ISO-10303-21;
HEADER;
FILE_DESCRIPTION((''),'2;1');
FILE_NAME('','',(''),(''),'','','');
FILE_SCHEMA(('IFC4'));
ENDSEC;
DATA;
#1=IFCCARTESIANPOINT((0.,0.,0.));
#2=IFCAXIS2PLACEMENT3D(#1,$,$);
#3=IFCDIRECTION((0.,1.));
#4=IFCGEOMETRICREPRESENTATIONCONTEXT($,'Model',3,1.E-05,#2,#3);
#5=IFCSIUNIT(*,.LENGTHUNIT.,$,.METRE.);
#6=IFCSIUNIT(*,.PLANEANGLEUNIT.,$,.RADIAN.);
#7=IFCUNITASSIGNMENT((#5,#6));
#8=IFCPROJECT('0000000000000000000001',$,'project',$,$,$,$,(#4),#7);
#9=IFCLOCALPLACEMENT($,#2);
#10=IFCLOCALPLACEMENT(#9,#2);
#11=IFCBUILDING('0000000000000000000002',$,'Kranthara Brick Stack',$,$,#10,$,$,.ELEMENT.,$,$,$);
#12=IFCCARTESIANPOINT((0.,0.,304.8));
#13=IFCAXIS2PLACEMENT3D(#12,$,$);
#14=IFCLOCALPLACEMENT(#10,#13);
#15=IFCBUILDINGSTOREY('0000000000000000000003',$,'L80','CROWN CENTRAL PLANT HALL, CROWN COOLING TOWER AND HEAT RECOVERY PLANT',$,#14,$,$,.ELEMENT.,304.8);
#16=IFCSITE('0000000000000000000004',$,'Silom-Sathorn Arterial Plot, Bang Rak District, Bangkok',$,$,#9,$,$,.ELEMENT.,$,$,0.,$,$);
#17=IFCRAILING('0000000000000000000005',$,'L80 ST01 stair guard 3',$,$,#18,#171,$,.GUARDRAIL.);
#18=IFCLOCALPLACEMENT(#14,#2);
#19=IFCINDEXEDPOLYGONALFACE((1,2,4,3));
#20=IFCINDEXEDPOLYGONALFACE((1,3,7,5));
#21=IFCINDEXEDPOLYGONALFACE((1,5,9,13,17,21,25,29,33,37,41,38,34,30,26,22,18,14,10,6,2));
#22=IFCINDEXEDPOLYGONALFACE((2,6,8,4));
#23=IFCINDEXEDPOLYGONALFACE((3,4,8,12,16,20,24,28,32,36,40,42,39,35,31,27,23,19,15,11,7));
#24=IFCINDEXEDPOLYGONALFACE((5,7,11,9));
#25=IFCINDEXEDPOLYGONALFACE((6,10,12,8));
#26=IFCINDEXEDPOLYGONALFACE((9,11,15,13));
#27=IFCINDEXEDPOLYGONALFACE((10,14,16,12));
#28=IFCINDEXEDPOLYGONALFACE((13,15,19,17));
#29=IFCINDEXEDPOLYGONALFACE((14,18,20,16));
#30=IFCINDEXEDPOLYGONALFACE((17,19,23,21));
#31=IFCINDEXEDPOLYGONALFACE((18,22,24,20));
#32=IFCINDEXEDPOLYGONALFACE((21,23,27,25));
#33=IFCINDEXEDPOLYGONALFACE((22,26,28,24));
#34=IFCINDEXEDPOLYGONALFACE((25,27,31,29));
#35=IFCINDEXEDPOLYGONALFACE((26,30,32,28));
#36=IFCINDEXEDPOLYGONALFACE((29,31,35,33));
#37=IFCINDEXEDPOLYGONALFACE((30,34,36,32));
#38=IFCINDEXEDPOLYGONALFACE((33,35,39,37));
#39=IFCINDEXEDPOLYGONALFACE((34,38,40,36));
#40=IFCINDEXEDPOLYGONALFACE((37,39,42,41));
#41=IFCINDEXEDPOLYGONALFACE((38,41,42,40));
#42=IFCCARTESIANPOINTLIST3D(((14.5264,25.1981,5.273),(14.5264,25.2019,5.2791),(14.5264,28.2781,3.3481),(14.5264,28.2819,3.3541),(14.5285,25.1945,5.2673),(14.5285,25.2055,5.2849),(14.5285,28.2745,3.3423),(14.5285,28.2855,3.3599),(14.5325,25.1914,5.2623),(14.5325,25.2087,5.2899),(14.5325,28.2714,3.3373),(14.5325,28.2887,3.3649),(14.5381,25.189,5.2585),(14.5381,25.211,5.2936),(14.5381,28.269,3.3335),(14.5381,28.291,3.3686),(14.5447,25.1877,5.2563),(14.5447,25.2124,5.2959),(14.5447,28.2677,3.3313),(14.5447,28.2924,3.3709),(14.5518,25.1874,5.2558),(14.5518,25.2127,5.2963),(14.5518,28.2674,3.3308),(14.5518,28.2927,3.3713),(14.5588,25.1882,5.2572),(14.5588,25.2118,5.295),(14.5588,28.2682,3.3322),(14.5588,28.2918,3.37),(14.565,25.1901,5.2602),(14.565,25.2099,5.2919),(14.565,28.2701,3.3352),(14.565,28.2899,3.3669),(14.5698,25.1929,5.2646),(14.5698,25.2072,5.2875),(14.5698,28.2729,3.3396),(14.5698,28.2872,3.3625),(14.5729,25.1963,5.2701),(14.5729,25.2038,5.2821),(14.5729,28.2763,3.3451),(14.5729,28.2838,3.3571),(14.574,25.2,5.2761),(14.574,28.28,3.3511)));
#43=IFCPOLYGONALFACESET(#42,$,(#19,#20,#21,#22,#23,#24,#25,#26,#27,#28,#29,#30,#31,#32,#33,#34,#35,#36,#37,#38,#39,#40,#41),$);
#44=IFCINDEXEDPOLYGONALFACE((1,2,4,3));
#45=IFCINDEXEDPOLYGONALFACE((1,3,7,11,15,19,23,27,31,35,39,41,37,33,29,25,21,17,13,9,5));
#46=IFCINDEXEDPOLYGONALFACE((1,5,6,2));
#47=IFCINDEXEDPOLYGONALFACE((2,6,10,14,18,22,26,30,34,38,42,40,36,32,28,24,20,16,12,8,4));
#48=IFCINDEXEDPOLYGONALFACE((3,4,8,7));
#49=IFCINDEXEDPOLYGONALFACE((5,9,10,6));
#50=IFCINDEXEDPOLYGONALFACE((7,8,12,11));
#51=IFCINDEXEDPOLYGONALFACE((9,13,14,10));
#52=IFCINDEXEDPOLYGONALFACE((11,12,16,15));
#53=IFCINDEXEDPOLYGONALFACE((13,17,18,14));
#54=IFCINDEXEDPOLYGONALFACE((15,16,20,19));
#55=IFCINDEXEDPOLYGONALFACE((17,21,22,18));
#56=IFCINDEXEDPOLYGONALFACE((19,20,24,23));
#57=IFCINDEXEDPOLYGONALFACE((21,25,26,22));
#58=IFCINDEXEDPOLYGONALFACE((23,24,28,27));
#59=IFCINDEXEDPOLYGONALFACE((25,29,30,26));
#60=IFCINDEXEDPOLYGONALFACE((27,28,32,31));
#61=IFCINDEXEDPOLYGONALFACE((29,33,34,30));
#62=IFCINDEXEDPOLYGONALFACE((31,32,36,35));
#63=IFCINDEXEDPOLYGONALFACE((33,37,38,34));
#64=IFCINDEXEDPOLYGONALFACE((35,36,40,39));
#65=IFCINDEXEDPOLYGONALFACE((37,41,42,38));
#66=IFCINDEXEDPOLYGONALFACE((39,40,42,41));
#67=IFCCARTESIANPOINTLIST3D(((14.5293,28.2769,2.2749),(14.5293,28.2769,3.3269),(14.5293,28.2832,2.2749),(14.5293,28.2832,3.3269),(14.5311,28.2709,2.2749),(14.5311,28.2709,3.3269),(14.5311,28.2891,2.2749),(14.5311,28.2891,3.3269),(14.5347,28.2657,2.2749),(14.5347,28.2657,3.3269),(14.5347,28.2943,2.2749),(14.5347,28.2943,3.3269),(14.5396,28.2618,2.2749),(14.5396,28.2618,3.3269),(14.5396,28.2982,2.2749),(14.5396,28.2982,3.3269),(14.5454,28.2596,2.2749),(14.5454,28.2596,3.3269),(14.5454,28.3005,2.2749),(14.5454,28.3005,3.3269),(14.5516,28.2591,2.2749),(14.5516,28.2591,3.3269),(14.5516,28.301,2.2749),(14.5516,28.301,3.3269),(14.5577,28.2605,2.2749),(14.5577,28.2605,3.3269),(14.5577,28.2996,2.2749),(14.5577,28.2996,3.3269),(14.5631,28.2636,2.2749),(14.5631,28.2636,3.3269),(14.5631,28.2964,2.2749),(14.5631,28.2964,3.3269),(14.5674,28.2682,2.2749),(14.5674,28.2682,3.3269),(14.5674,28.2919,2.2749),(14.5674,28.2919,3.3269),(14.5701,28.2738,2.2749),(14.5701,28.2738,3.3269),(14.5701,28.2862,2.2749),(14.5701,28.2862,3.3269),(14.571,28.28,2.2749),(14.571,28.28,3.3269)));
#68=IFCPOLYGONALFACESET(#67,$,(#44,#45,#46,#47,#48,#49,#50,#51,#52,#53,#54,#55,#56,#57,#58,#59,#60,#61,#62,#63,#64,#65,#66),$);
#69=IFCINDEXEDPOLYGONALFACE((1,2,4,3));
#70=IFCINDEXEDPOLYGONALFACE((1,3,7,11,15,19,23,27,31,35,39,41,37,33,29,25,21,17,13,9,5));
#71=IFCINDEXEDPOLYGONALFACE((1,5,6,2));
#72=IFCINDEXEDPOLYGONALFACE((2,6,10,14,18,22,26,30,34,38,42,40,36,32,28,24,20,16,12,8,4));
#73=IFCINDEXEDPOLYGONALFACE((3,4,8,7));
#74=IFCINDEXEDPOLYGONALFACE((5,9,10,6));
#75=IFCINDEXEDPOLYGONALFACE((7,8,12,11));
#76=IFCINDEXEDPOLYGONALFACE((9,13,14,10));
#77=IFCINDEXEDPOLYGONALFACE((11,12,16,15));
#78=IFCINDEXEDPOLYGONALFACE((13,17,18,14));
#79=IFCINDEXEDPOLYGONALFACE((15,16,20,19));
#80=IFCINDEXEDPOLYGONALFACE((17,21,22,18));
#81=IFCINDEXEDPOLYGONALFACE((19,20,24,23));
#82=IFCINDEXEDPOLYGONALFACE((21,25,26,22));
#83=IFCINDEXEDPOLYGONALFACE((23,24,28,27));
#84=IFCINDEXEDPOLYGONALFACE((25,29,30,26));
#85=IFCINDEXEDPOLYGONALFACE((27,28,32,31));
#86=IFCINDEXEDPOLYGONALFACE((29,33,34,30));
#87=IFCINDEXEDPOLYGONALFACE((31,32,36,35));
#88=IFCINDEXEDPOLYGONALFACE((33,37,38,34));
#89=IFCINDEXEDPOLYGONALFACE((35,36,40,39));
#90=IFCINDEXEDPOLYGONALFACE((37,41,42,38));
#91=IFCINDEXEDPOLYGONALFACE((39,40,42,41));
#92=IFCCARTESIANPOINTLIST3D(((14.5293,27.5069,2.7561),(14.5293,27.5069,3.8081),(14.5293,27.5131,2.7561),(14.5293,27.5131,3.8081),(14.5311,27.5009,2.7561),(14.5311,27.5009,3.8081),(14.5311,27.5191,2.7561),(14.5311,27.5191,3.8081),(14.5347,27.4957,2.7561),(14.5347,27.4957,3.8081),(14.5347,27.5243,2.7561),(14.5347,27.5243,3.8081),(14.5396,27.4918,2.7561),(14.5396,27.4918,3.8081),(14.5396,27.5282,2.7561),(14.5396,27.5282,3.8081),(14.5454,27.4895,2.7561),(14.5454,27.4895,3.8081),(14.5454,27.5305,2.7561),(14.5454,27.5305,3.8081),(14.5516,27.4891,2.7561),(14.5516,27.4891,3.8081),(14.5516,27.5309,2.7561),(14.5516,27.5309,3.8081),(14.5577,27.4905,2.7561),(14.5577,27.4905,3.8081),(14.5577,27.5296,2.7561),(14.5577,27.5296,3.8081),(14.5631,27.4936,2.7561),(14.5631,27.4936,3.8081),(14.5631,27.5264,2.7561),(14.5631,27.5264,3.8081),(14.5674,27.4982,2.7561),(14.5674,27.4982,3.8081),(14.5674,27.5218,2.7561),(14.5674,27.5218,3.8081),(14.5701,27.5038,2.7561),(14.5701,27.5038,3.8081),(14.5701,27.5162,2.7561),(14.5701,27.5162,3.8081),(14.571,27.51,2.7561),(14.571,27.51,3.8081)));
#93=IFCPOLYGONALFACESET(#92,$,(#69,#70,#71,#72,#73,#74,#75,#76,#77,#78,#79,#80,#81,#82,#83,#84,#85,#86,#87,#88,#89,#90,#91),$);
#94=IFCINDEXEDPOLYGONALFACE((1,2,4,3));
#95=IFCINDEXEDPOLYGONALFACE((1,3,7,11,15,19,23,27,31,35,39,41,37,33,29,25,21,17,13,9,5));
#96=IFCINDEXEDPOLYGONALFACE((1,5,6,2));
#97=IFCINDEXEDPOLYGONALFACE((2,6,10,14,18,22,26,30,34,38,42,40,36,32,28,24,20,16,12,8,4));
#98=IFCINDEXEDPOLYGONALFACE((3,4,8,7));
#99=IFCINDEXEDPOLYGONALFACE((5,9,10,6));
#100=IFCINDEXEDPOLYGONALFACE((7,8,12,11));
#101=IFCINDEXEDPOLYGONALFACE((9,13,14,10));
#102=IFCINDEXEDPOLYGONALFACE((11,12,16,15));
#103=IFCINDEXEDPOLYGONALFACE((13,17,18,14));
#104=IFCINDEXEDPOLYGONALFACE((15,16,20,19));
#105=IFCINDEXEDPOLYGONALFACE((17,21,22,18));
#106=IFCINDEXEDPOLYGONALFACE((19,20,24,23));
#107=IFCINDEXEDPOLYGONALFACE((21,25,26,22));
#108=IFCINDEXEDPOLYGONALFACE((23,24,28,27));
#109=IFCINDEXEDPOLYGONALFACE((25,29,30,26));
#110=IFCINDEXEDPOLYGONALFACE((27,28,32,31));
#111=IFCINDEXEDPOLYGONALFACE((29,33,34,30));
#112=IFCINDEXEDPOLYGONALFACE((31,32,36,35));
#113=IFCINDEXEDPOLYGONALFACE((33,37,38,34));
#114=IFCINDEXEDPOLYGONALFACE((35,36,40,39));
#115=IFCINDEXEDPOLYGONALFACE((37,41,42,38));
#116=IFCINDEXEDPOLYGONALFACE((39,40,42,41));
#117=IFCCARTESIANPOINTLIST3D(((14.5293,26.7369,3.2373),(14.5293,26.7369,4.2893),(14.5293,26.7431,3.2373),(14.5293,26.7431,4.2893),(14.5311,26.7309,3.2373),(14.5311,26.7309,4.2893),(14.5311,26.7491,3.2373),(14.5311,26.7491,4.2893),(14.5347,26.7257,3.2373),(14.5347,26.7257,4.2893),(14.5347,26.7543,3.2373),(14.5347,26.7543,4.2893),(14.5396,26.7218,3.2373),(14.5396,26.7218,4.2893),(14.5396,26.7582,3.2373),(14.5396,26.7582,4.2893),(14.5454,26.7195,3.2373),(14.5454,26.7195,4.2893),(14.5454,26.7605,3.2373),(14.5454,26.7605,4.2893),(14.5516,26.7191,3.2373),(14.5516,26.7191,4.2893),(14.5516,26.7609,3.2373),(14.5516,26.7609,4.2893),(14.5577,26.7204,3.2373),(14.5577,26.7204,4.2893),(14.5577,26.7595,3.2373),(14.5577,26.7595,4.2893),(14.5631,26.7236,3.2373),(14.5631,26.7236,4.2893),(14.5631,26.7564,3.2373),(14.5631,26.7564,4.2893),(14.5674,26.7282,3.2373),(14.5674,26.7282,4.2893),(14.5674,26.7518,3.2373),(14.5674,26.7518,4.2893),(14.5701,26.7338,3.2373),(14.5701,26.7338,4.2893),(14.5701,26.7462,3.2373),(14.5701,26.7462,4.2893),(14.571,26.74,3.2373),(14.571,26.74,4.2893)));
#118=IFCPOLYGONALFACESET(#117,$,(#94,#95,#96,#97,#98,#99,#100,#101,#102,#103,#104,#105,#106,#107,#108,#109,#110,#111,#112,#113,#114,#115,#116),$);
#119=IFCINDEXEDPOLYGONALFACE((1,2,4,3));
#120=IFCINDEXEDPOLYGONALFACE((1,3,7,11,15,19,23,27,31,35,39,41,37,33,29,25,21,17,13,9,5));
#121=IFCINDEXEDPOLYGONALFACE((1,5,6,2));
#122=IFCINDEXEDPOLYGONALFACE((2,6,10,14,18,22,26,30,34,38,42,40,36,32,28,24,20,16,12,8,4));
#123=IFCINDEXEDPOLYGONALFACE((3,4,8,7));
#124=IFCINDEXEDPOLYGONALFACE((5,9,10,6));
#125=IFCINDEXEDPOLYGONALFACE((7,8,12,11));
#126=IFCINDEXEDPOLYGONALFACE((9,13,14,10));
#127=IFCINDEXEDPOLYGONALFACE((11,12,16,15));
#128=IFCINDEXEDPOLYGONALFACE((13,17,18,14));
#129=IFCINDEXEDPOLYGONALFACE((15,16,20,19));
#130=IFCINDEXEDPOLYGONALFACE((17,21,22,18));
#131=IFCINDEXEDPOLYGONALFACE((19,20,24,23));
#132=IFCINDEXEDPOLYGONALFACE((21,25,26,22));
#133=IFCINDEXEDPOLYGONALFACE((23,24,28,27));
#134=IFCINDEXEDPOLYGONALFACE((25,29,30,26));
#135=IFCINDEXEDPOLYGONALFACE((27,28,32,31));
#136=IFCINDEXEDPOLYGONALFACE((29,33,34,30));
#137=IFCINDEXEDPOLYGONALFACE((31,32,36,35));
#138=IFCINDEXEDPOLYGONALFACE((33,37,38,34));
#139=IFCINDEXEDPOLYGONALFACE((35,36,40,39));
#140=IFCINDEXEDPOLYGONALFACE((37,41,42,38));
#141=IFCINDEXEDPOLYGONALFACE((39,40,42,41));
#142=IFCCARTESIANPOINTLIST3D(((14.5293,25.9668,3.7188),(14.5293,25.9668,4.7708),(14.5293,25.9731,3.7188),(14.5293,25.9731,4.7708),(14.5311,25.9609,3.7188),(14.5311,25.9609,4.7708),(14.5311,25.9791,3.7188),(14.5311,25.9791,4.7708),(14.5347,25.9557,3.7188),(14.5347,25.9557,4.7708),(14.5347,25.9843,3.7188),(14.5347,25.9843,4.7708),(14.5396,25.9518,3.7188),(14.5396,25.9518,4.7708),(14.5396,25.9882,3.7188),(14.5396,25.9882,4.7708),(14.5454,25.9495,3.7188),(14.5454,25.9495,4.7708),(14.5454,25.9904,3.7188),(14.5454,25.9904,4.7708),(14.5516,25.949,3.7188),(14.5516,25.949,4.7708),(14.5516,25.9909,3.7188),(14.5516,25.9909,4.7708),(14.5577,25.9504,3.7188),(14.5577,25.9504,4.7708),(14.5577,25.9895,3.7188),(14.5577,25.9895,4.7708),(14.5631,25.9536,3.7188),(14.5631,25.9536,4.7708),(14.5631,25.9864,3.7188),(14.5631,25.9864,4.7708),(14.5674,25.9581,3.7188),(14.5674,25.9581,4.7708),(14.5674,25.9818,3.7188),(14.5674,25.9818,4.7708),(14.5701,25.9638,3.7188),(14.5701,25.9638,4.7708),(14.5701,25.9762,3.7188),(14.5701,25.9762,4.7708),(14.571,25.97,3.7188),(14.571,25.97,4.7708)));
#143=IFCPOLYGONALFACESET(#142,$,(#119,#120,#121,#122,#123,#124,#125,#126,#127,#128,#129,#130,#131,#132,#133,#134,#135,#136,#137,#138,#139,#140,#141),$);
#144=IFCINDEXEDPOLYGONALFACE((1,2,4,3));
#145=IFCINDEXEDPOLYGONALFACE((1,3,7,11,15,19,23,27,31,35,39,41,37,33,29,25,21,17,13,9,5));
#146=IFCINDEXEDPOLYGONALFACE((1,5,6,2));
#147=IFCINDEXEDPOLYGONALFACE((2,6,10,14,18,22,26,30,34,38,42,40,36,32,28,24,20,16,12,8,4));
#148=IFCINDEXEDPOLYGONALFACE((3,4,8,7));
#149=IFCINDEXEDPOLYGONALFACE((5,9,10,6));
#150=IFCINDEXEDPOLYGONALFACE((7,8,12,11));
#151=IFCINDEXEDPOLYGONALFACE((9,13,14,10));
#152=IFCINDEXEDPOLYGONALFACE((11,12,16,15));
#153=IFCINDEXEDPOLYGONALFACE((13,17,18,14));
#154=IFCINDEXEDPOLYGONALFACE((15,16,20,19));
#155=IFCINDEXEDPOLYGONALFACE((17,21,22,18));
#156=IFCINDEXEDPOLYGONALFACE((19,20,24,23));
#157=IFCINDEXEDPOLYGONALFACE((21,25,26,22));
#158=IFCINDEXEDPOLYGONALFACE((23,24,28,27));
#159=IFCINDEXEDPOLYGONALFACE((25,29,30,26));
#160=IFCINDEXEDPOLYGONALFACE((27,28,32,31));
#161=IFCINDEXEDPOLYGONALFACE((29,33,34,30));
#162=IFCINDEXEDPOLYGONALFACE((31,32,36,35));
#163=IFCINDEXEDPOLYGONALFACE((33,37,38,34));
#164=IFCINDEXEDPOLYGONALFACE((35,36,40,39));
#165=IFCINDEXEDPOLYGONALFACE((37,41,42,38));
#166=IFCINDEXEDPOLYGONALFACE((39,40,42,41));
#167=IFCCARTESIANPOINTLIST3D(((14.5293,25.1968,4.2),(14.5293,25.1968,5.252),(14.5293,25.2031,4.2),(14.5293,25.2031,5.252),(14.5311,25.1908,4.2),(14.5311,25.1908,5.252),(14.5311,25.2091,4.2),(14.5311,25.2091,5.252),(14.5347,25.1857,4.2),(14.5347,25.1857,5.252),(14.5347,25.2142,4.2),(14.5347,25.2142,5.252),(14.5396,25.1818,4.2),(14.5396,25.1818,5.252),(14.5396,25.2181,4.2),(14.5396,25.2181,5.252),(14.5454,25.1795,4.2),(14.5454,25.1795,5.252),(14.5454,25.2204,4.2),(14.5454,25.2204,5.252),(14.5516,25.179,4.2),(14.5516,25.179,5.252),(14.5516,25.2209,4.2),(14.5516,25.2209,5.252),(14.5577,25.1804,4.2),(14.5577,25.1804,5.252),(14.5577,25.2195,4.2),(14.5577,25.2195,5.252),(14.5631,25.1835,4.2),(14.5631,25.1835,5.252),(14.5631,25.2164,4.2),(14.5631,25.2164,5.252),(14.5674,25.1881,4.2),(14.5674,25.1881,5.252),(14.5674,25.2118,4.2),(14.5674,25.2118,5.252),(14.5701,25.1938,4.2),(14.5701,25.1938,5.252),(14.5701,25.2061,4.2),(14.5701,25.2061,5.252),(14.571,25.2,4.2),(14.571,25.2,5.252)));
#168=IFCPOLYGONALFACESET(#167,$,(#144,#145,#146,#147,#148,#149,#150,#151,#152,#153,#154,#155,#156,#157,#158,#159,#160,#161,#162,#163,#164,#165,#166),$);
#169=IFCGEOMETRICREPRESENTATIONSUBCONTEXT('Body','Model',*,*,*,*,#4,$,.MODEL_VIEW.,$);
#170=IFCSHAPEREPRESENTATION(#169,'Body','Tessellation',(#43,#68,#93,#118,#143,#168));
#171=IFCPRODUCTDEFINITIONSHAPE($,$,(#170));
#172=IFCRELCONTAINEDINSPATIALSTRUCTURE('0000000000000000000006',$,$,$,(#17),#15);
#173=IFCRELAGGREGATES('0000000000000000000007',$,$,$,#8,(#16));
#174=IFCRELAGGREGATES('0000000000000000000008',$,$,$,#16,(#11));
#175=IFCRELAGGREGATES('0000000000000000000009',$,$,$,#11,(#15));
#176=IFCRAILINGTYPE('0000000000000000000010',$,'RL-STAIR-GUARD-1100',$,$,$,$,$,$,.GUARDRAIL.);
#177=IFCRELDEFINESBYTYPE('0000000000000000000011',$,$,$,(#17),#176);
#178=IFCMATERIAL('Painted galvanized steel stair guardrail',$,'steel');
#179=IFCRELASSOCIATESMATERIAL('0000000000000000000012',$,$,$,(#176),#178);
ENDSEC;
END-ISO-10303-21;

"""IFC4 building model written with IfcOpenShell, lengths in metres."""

from ifc_helpers import new_model, si_unit, direction, frame, origin, origin_2d, place, context, subcontext, project, spatial, circle, extrude, material, type_object, element, save


model = new_model("IFC4")

# Units and contexts
model_context = context("Model", 3, precision=1e-05, world=origin(), true_north=direction((0.0, 1.0)))
body_context = subcontext(model_context, "Body", "Model", "MODEL_VIEW")
ifc_project = project(units=[si_unit("LENGTHUNIT", "METRE"), si_unit("PLANEANGLEUNIT", "RADIAN")], contexts=[model_context])

# Site, building, storey
site_placement = place(None, origin())
site = spatial("IfcSite", under=ifc_project, at=site_placement, Name="Silom-Sathorn Arterial Plot, Bang Rak District, Bangkok", CompositionType="ELEMENT", RefElevation=0.0)
building_placement = place(site_placement, origin())
building = spatial("IfcBuilding", under=site, at=building_placement, Name="Kranthara Brick Stack", CompositionType="ELEMENT")
storey_placement = place(building_placement, frame((0.0, 0.0, 304.8)))
storey = spatial("IfcBuildingStorey", under=building, at=storey_placement, Name="L80", Description="CROWN CENTRAL PLANT HALL, CROWN COOLING TOWER AND HEAT RECOVERY PLANT", CompositionType="ELEMENT", Elevation=304.8)

# Railing
ifc_material_1 = material(Name="Painted galvanized steel stair guardrail", Category="steel")
railing_type_1 = type_object("IfcRailingType", Name="RL-STAIR-GUARD-1100", PredefinedType="GUARDRAIL", material=ifc_material_1)
railing_1_placement = place(storey_placement, frame((14.55, 28.28, 2.2749)))
element("IfcRailing", 1, at=railing_1_placement, inside=storey, type_object=railing_type_1, Name="L80 ST01 stair guard 3", PredefinedType="GUARDRAIL", context=body_context, shape_type="SweptSolid", body=[
    extrude(circle(Radius=0.0239, at=origin_2d()), frame((0.0, 0.0, 1.0762), z_axis=(0.0, -0.847998, 0.529999), x_axis=(1.0, 0.0, 0.0)), (0.0, 0.0, 1.0), 3.6321),
    extrude(circle(Radius=0.021, at=origin_2d()), origin(), (0.0, 0.0, 1.0), 1.052),
    extrude(circle(Radius=0.021, at=origin_2d()), frame((0.0, -0.77, 0.4812)), (0.0, 0.0, 1.0), 1.052),
    extrude(circle(Radius=0.021, at=origin_2d()), frame((0.0, -1.54, 0.9624)), (0.0, 0.0, 1.0), 1.052),
    extrude(circle(Radius=0.021, at=origin_2d()), frame((0.0, -2.3101, 1.4438)), (0.0, 0.0, 1.0), 1.052),
    extrude(circle(Radius=0.021, at=origin_2d()), frame((0.0, -3.0801, 1.925)), (0.0, 0.0, 1.0), 1.052),
])

save(model, "model.ifc")
